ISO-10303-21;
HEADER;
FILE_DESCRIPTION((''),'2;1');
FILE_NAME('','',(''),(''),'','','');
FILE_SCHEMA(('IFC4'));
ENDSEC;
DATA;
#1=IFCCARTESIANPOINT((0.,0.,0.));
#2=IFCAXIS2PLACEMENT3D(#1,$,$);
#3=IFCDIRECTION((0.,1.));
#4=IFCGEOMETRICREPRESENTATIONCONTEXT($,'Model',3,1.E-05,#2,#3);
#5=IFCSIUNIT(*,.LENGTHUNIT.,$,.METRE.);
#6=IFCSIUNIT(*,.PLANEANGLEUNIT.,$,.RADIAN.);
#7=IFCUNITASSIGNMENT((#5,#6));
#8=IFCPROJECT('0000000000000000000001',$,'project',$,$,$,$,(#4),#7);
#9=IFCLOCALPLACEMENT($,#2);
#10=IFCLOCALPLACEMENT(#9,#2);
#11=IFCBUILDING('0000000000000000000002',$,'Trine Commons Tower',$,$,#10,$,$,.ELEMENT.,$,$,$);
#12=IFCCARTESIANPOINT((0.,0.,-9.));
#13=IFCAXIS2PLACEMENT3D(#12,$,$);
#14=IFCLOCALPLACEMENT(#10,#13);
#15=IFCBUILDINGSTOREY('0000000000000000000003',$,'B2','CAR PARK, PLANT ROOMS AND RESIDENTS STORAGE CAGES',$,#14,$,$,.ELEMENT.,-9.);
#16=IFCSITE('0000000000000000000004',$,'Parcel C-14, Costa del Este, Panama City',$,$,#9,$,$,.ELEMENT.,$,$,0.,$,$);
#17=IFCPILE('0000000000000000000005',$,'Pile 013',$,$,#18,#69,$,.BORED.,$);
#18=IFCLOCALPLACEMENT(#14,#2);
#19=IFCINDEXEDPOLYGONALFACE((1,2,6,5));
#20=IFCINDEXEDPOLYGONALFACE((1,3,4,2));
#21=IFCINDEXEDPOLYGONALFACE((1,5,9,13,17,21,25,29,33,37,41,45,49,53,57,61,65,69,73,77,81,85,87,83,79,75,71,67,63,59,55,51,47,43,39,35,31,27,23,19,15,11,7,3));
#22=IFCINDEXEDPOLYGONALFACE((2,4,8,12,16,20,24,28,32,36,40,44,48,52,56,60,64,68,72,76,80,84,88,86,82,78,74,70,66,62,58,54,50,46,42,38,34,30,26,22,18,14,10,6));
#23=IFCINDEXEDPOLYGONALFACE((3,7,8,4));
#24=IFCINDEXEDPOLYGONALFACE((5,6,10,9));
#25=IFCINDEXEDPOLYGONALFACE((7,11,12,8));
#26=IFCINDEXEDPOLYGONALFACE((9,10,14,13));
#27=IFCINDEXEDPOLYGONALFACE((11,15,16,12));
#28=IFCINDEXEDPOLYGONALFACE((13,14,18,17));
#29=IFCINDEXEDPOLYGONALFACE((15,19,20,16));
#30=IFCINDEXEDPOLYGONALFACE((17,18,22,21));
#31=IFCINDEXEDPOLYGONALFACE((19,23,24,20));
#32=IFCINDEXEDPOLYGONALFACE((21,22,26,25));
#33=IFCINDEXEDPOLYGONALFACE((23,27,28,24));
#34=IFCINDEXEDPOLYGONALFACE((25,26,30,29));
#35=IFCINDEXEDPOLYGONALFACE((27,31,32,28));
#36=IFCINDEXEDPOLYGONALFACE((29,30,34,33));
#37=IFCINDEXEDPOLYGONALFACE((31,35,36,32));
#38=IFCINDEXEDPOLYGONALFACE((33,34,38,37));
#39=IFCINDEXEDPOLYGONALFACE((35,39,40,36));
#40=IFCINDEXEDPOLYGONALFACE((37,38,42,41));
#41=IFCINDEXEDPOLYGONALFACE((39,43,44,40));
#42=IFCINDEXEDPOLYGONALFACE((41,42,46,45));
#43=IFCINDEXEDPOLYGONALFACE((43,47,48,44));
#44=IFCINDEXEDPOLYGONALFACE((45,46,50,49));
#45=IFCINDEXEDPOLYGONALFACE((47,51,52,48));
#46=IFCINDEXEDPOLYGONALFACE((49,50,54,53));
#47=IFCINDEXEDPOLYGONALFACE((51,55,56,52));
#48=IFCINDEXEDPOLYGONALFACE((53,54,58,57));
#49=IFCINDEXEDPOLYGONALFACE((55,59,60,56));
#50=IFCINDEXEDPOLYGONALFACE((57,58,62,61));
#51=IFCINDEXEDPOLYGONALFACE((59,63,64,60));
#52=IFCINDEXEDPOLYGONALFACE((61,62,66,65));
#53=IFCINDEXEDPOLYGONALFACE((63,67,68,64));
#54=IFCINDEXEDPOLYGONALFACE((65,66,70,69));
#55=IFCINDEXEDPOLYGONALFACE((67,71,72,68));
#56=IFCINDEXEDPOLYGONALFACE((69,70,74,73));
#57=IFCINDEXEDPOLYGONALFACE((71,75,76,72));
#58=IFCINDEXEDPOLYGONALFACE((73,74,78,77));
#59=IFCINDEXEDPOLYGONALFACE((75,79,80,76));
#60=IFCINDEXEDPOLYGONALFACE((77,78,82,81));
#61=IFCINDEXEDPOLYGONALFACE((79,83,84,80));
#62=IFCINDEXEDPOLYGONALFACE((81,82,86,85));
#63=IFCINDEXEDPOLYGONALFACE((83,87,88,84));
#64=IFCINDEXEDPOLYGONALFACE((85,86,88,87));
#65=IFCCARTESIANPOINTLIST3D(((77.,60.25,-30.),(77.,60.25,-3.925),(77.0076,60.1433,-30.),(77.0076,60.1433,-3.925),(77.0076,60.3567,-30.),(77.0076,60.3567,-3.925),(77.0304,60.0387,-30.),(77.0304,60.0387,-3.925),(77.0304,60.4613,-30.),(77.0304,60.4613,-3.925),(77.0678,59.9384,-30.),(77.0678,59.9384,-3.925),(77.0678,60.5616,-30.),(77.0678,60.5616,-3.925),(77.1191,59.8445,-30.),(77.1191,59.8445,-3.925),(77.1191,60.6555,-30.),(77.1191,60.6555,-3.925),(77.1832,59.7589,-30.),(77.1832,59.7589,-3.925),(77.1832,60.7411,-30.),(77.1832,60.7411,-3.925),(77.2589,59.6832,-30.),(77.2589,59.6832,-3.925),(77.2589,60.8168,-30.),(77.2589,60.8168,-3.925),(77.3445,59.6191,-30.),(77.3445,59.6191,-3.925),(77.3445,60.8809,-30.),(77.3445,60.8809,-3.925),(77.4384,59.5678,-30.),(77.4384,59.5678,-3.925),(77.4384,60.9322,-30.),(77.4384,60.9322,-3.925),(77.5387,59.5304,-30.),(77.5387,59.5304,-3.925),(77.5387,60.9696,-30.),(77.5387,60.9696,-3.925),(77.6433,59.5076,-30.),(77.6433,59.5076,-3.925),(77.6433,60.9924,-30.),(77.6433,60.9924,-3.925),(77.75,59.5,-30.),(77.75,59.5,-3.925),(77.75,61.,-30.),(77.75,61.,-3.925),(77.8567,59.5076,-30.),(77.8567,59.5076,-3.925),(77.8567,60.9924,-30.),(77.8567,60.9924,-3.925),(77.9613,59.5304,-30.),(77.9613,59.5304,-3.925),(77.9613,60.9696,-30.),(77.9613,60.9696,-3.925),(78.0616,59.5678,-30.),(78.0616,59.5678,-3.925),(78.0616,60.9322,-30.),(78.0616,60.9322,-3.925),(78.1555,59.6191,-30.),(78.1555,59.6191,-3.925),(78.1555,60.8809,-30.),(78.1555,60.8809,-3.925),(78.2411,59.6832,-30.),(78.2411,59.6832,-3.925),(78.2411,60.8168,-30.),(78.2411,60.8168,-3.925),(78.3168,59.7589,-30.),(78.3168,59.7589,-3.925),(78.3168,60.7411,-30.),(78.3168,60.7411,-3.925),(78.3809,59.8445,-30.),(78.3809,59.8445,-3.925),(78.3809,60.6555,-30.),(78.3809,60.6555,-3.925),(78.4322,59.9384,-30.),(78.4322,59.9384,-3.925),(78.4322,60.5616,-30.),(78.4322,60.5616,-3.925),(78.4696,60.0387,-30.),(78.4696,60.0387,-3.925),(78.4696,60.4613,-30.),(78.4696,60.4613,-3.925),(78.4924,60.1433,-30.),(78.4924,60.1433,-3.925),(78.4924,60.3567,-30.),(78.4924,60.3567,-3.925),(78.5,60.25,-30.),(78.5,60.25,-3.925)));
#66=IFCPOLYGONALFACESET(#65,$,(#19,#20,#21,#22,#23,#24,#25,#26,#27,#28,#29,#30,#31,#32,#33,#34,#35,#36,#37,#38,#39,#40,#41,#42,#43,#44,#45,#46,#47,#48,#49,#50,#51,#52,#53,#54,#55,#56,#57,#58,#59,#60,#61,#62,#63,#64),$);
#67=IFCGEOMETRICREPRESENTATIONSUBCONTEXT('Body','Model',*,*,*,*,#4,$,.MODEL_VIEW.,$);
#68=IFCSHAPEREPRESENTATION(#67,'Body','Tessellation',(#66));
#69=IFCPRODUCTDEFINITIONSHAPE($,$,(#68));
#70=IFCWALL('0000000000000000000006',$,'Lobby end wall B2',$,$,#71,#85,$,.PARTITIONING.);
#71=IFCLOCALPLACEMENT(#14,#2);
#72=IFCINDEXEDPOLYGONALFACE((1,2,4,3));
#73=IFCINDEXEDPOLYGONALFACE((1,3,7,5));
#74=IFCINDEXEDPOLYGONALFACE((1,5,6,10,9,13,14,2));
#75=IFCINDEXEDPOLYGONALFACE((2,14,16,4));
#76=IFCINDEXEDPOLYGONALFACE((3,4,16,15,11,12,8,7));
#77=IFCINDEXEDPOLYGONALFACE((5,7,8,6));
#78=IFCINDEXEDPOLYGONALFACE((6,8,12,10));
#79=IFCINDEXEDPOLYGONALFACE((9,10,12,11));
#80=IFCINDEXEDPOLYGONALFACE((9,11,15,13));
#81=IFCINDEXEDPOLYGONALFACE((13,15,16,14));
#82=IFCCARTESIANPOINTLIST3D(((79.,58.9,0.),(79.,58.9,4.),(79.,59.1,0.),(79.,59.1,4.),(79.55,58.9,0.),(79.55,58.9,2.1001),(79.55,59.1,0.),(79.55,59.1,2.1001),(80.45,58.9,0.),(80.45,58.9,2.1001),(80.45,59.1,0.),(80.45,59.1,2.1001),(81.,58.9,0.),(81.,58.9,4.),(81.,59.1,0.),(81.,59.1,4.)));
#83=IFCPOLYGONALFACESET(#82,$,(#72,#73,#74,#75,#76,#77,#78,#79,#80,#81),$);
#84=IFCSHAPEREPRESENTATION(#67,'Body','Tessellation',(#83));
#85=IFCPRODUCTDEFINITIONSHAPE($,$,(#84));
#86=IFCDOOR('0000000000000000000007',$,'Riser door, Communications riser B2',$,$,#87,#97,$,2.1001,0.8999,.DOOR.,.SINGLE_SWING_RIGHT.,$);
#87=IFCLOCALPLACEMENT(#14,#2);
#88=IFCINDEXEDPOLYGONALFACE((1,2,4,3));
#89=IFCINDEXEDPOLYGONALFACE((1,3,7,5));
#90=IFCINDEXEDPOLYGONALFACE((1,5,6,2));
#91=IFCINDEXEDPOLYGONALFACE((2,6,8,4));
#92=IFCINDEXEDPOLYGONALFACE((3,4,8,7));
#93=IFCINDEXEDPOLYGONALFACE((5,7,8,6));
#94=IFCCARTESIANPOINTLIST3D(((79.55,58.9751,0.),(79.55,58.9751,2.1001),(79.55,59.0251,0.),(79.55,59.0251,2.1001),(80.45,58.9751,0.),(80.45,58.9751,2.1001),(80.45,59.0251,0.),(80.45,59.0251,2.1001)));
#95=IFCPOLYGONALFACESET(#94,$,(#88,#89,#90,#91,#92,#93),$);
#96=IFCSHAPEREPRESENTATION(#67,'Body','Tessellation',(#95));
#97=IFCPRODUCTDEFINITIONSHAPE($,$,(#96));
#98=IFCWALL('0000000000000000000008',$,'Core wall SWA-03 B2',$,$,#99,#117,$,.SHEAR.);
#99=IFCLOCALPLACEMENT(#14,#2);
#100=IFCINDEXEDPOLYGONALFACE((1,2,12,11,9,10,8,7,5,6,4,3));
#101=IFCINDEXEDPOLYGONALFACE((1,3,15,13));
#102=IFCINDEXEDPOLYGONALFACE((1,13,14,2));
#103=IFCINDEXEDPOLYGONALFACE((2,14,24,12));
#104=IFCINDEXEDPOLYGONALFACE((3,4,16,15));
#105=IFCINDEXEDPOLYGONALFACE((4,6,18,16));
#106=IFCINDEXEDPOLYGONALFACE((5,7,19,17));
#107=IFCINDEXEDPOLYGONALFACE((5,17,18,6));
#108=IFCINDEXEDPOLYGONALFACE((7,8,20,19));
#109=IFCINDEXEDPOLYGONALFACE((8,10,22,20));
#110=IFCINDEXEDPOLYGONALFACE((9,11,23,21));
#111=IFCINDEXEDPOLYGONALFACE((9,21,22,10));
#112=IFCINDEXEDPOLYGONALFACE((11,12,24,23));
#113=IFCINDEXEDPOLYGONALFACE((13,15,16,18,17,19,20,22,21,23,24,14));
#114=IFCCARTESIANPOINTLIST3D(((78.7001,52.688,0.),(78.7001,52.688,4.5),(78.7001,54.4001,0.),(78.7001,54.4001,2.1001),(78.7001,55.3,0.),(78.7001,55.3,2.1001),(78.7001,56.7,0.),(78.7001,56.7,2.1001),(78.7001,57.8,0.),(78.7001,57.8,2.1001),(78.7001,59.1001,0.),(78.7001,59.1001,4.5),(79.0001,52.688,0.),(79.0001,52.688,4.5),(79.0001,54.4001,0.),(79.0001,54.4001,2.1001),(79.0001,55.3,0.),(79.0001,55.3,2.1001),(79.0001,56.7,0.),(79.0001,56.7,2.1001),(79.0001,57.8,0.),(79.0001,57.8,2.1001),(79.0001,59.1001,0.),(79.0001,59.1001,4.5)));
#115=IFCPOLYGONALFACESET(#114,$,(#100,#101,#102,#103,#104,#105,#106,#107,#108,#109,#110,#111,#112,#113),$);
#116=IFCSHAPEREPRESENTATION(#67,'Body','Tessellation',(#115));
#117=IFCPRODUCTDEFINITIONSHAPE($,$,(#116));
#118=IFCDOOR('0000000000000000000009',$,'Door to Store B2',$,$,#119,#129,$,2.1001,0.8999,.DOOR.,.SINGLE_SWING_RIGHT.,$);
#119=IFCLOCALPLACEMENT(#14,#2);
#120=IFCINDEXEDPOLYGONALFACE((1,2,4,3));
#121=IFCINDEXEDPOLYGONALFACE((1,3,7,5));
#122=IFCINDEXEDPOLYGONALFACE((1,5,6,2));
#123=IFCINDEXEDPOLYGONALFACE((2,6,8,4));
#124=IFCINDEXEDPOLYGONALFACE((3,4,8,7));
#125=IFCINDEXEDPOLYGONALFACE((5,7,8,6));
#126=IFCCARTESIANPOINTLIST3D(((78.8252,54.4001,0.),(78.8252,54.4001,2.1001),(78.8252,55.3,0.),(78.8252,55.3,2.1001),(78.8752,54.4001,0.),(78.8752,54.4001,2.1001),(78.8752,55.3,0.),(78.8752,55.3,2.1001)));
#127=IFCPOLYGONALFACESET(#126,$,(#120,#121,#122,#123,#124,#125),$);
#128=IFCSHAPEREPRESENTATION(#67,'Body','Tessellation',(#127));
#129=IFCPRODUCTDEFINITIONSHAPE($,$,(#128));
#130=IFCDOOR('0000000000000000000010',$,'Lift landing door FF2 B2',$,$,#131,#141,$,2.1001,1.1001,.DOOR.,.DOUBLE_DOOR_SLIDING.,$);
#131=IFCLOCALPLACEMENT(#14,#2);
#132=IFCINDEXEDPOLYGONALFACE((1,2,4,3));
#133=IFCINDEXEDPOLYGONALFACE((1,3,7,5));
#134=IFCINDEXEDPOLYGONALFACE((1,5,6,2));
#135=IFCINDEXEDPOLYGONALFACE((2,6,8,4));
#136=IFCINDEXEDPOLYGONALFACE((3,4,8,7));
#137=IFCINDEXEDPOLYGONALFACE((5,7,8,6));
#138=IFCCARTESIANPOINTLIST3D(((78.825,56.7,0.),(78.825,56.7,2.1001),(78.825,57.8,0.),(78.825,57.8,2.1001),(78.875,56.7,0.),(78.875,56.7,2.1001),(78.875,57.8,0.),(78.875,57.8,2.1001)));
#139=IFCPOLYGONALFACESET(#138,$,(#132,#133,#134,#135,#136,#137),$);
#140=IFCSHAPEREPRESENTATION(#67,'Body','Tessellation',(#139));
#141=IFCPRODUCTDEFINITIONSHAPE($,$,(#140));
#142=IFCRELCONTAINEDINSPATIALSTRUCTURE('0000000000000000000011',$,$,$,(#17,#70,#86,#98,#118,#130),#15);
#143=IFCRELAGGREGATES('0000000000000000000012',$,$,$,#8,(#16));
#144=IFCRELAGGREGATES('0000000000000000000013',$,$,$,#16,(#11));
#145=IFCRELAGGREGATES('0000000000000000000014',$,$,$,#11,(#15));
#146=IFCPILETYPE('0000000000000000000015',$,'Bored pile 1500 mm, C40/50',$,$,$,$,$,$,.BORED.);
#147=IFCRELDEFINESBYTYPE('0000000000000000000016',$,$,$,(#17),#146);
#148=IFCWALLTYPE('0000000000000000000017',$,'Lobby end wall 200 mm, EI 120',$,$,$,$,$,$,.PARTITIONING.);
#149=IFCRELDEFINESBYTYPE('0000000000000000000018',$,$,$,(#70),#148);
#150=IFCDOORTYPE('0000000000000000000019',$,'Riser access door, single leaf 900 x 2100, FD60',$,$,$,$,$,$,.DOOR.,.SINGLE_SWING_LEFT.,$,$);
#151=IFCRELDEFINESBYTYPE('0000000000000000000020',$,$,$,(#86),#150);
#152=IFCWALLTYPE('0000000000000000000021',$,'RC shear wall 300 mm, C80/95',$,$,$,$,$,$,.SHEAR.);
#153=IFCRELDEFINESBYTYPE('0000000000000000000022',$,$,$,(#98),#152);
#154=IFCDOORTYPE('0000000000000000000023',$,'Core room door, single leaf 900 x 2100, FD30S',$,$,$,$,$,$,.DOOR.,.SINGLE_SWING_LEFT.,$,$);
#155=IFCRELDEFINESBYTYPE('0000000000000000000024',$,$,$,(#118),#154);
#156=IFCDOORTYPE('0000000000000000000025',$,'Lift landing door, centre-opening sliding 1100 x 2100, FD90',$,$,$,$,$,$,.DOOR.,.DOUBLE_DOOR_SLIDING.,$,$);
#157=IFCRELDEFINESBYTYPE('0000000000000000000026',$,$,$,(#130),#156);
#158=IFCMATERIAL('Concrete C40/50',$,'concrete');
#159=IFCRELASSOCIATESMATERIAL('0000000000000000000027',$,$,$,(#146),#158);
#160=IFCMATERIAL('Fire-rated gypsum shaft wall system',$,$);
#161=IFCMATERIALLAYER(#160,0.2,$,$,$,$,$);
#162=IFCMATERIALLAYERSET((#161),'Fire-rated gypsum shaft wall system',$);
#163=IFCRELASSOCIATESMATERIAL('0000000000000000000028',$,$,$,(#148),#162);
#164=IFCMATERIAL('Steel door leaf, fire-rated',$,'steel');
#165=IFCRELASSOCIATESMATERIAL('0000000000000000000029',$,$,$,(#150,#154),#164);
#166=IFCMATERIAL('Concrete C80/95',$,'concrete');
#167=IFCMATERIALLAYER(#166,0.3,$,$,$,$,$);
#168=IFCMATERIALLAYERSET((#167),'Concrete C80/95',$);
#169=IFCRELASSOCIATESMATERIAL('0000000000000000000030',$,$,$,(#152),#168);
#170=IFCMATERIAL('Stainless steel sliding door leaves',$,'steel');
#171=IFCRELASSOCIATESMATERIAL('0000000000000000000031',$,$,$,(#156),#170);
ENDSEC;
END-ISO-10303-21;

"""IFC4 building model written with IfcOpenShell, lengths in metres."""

from ifc_helpers import new_model, si_unit, direction, frame, frame_2d, origin, origin_2d, place, context, subcontext, project, spatial, rectangle, circle, extrude, material, layer, layer_set, type_object, element, fill, save


model = new_model("IFC4")

# Units and contexts
model_context = context("Model", 3, precision=1e-05, world=origin(), true_north=direction((0.0, 1.0)))
body_context = subcontext(model_context, "Body", "Model", "MODEL_VIEW")
ifc_project = project(units=[si_unit("LENGTHUNIT", "METRE"), si_unit("PLANEANGLEUNIT", "RADIAN")], contexts=[model_context])

# Site, building, storey
site_placement = place(None, origin())
site = spatial("IfcSite", under=ifc_project, at=site_placement, Name="Parcel C-14, Costa del Este, Panama City", CompositionType="ELEMENT", RefElevation=0.0)
building_placement = place(site_placement, origin())
building = spatial("IfcBuilding", under=site, at=building_placement, Name="Trine Commons Tower", CompositionType="ELEMENT")
storey_placement = place(building_placement, frame((0.0, 0.0, -9.0)))
storey = spatial("IfcBuildingStorey", under=building, at=storey_placement, Name="B2", Description="CAR PARK, PLANT ROOMS AND RESIDENTS STORAGE CAGES", CompositionType="ELEMENT", Elevation=-9.0)

# Pile
ifc_material_1 = material(Name="Concrete C40/50", Category="concrete")
pile_type = type_object("IfcPileType", Name="Bored pile 1500 mm, C40/50", PredefinedType="BORED", material=ifc_material_1)
pile_placement = place(storey_placement, frame((77.75, 60.25, -3.925), z_axis=(0.0, 0.0, -1.0), x_axis=(1.0, 0.0, 0.0)))
element("IfcPile", 1, at=pile_placement, inside=storey, type_object=pile_type, Name="Pile 013", PredefinedType="BORED", context=body_context, shape_type="SweptSolid", body=[
    extrude(circle(Radius=0.75, at=origin_2d()), origin(), (0.0, 0.0, 1.0), 26.075),
])

# Wall, opening, door
ifc_material_2 = material(Name="Fire-rated gypsum shaft wall system")
ifc_layer_1 = layer(ifc_material_2, 0.2)
ifc_layer_set_1 = layer_set([ifc_layer_1], Name="Fire-rated gypsum shaft wall system")
wall_type_1 = type_object("IfcWallType", Name="Lobby end wall 200 mm, EI 120", PredefinedType="PARTITIONING", material=ifc_layer_set_1)
wall_1_placement = place(storey_placement, frame((79.0, 59.0, 0.0), z_axis=(0.0, 0.0, 1.0), x_axis=(1.0, 0.0, 0.0)))
wall_1 = element("IfcWall", 2, at=wall_1_placement, inside=storey, type_object=wall_type_1, Name="Lobby end wall B2", PredefinedType="PARTITIONING", context=body_context, shape_type="SweptSolid", body=[
    extrude(rectangle(XDim=2.0, YDim=0.2, at=frame_2d((1.0, 0.0))), origin(), (0.0, 0.0, 1.0), 4.0),
])
opening_1_placement = place(wall_1_placement, frame((0.55, 0.0, 0.0)))
opening_1 = element("IfcOpeningElement", 3, at=opening_1_placement, cuts=wall_1, PredefinedType="OPENING", context=body_context, shape_type="SweptSolid", body=[
    extrude(rectangle(XDim=0.8999, YDim=2.1001, at=frame_2d((0.45, 1.05))), frame((0.0, 0.1099, 0.0), z_axis=(0.0, -1.0, 0.0), x_axis=(1.0, 0.0, 0.0)), (0.0, 0.0, 1.0), 0.22),
])
ifc_material_3 = material(Name="Steel door leaf, fire-rated", Category="steel")
door_type_1 = type_object("IfcDoorType", Name="Riser access door, single leaf 900 x 2100, FD60", OperationType="SINGLE_SWING_LEFT", PredefinedType="DOOR", material=ifc_material_3)
door_1_placement = place(opening_1_placement, frame((0.8999, 0.0, 0.0), z_axis=(0.0, 0.0, 1.0), x_axis=(-1.0, 0.0, 0.0)))
door_1 = element("IfcDoor", 4, at=door_1_placement, inside=storey, type_object=door_type_1, Name="Riser door, Communications riser B2", OperationType="SINGLE_SWING_RIGHT", OverallHeight=2.1001, OverallWidth=0.8999, PredefinedType="DOOR", context=body_context, shape_type="SweptSolid", body=[
    extrude(rectangle(XDim=0.8999, YDim=2.1001, at=frame_2d((0.45, 1.05))), frame((0.0, 0.0249, 0.0), z_axis=(0.0, -1.0, 0.0), x_axis=(1.0, 0.0, 0.0)), (0.0, 0.0, 1.0), 0.05),
])
fill(opening_1, door_1)

# Wall, openings, doors
ifc_material_4 = material(Name="Concrete C80/95", Category="concrete")
ifc_layer_2 = layer(ifc_material_4, 0.3)
ifc_layer_set_2 = layer_set([ifc_layer_2], Name="Concrete C80/95")
wall_type_2 = type_object("IfcWallType", Name="RC shear wall 300 mm, C80/95", PredefinedType="SHEAR", material=ifc_layer_set_2)
wall_2_placement = place(storey_placement, frame((78.8501, 59.1001, 0.0), z_axis=(0.0, 0.0, 1.0), x_axis=(0.0, -1.0, 0.0)))
wall_2 = element("IfcWall", 5, at=wall_2_placement, inside=storey, type_object=wall_type_2, Name="Core wall SWA-03 B2", PredefinedType="SHEAR", context=body_context, shape_type="SweptSolid", body=[
    extrude(rectangle(XDim=6.4121, YDim=0.3, at=frame_2d((3.2061, 0.0))), origin(), (0.0, 0.0, 1.0), 4.5),
])
opening_2_placement = place(wall_2_placement, frame((3.8, 0.0, 0.0)))
opening_2 = element("IfcOpeningElement", 6, at=opening_2_placement, cuts=wall_2, PredefinedType="OPENING", context=body_context, shape_type="SweptSolid", body=[
    extrude(rectangle(XDim=0.8999, YDim=2.1001, at=frame_2d((0.45, 1.05))), frame((0.0, 0.1599, 0.0), z_axis=(0.0, -1.0, 0.0), x_axis=(1.0, 0.0, 0.0)), (0.0, 0.0, 1.0), 0.3201),
])
opening_3_placement = place(wall_2_placement, frame((1.3, 0.0, 0.0)))
opening_3 = element("IfcOpeningElement", 7, at=opening_3_placement, cuts=wall_2, PredefinedType="OPENING", context=body_context, shape_type="SweptSolid", body=[
    extrude(rectangle(XDim=1.1001, YDim=2.1001, at=frame_2d((0.55, 1.05))), frame((0.0, 0.1599, 0.0), z_axis=(0.0, -1.0, 0.0), x_axis=(1.0, 0.0, 0.0)), (0.0, 0.0, 1.0), 0.3201),
])
door_type_2 = type_object("IfcDoorType", Name="Core room door, single leaf 900 x 2100, FD30S", OperationType="SINGLE_SWING_LEFT", PredefinedType="DOOR", material=ifc_material_3)
door_2_placement = place(opening_2_placement, frame((0.8999, 0.0, 0.0), z_axis=(0.0, 0.0, 1.0), x_axis=(-1.0, 0.0, 0.0)))
door_2 = element("IfcDoor", 8, at=door_2_placement, inside=storey, type_object=door_type_2, Name="Door to Store B2", OperationType="SINGLE_SWING_RIGHT", OverallHeight=2.1001, OverallWidth=0.8999, PredefinedType="DOOR", context=body_context, shape_type="SweptSolid", body=[
    extrude(rectangle(XDim=0.8999, YDim=2.1001, at=frame_2d((0.45, 1.05))), frame((0.0, 0.0249, 0.0), z_axis=(0.0, -1.0, 0.0), x_axis=(1.0, 0.0, 0.0)), (0.0, 0.0, 1.0), 0.05),
])
fill(opening_2, door_2)
ifc_material_5 = material(Name="Stainless steel sliding door leaves", Category="steel")
door_type_3 = type_object("IfcDoorType", Name="Lift landing door, centre-opening sliding 1100 x 2100, FD90", OperationType="DOUBLE_DOOR_SLIDING", PredefinedType="DOOR", material=ifc_material_5)
door_3_placement = place(opening_3_placement, origin())
door_3 = element("IfcDoor", 9, at=door_3_placement, inside=storey, type_object=door_type_3, Name="Lift landing door FF2 B2", OperationType="DOUBLE_DOOR_SLIDING", OverallHeight=2.1001, OverallWidth=1.1001, PredefinedType="DOOR", context=body_context, shape_type="SweptSolid", body=[
    extrude(rectangle(XDim=1.1001, YDim=2.1001, at=frame_2d((0.55, 1.05))), frame((0.0, 0.0249, 0.0), z_axis=(0.0, -1.0, 0.0), x_axis=(1.0, 0.0, 0.0)), (0.0, 0.0, 1.0), 0.05),
])
fill(opening_3, door_3)

save(model, "model.ifc")
